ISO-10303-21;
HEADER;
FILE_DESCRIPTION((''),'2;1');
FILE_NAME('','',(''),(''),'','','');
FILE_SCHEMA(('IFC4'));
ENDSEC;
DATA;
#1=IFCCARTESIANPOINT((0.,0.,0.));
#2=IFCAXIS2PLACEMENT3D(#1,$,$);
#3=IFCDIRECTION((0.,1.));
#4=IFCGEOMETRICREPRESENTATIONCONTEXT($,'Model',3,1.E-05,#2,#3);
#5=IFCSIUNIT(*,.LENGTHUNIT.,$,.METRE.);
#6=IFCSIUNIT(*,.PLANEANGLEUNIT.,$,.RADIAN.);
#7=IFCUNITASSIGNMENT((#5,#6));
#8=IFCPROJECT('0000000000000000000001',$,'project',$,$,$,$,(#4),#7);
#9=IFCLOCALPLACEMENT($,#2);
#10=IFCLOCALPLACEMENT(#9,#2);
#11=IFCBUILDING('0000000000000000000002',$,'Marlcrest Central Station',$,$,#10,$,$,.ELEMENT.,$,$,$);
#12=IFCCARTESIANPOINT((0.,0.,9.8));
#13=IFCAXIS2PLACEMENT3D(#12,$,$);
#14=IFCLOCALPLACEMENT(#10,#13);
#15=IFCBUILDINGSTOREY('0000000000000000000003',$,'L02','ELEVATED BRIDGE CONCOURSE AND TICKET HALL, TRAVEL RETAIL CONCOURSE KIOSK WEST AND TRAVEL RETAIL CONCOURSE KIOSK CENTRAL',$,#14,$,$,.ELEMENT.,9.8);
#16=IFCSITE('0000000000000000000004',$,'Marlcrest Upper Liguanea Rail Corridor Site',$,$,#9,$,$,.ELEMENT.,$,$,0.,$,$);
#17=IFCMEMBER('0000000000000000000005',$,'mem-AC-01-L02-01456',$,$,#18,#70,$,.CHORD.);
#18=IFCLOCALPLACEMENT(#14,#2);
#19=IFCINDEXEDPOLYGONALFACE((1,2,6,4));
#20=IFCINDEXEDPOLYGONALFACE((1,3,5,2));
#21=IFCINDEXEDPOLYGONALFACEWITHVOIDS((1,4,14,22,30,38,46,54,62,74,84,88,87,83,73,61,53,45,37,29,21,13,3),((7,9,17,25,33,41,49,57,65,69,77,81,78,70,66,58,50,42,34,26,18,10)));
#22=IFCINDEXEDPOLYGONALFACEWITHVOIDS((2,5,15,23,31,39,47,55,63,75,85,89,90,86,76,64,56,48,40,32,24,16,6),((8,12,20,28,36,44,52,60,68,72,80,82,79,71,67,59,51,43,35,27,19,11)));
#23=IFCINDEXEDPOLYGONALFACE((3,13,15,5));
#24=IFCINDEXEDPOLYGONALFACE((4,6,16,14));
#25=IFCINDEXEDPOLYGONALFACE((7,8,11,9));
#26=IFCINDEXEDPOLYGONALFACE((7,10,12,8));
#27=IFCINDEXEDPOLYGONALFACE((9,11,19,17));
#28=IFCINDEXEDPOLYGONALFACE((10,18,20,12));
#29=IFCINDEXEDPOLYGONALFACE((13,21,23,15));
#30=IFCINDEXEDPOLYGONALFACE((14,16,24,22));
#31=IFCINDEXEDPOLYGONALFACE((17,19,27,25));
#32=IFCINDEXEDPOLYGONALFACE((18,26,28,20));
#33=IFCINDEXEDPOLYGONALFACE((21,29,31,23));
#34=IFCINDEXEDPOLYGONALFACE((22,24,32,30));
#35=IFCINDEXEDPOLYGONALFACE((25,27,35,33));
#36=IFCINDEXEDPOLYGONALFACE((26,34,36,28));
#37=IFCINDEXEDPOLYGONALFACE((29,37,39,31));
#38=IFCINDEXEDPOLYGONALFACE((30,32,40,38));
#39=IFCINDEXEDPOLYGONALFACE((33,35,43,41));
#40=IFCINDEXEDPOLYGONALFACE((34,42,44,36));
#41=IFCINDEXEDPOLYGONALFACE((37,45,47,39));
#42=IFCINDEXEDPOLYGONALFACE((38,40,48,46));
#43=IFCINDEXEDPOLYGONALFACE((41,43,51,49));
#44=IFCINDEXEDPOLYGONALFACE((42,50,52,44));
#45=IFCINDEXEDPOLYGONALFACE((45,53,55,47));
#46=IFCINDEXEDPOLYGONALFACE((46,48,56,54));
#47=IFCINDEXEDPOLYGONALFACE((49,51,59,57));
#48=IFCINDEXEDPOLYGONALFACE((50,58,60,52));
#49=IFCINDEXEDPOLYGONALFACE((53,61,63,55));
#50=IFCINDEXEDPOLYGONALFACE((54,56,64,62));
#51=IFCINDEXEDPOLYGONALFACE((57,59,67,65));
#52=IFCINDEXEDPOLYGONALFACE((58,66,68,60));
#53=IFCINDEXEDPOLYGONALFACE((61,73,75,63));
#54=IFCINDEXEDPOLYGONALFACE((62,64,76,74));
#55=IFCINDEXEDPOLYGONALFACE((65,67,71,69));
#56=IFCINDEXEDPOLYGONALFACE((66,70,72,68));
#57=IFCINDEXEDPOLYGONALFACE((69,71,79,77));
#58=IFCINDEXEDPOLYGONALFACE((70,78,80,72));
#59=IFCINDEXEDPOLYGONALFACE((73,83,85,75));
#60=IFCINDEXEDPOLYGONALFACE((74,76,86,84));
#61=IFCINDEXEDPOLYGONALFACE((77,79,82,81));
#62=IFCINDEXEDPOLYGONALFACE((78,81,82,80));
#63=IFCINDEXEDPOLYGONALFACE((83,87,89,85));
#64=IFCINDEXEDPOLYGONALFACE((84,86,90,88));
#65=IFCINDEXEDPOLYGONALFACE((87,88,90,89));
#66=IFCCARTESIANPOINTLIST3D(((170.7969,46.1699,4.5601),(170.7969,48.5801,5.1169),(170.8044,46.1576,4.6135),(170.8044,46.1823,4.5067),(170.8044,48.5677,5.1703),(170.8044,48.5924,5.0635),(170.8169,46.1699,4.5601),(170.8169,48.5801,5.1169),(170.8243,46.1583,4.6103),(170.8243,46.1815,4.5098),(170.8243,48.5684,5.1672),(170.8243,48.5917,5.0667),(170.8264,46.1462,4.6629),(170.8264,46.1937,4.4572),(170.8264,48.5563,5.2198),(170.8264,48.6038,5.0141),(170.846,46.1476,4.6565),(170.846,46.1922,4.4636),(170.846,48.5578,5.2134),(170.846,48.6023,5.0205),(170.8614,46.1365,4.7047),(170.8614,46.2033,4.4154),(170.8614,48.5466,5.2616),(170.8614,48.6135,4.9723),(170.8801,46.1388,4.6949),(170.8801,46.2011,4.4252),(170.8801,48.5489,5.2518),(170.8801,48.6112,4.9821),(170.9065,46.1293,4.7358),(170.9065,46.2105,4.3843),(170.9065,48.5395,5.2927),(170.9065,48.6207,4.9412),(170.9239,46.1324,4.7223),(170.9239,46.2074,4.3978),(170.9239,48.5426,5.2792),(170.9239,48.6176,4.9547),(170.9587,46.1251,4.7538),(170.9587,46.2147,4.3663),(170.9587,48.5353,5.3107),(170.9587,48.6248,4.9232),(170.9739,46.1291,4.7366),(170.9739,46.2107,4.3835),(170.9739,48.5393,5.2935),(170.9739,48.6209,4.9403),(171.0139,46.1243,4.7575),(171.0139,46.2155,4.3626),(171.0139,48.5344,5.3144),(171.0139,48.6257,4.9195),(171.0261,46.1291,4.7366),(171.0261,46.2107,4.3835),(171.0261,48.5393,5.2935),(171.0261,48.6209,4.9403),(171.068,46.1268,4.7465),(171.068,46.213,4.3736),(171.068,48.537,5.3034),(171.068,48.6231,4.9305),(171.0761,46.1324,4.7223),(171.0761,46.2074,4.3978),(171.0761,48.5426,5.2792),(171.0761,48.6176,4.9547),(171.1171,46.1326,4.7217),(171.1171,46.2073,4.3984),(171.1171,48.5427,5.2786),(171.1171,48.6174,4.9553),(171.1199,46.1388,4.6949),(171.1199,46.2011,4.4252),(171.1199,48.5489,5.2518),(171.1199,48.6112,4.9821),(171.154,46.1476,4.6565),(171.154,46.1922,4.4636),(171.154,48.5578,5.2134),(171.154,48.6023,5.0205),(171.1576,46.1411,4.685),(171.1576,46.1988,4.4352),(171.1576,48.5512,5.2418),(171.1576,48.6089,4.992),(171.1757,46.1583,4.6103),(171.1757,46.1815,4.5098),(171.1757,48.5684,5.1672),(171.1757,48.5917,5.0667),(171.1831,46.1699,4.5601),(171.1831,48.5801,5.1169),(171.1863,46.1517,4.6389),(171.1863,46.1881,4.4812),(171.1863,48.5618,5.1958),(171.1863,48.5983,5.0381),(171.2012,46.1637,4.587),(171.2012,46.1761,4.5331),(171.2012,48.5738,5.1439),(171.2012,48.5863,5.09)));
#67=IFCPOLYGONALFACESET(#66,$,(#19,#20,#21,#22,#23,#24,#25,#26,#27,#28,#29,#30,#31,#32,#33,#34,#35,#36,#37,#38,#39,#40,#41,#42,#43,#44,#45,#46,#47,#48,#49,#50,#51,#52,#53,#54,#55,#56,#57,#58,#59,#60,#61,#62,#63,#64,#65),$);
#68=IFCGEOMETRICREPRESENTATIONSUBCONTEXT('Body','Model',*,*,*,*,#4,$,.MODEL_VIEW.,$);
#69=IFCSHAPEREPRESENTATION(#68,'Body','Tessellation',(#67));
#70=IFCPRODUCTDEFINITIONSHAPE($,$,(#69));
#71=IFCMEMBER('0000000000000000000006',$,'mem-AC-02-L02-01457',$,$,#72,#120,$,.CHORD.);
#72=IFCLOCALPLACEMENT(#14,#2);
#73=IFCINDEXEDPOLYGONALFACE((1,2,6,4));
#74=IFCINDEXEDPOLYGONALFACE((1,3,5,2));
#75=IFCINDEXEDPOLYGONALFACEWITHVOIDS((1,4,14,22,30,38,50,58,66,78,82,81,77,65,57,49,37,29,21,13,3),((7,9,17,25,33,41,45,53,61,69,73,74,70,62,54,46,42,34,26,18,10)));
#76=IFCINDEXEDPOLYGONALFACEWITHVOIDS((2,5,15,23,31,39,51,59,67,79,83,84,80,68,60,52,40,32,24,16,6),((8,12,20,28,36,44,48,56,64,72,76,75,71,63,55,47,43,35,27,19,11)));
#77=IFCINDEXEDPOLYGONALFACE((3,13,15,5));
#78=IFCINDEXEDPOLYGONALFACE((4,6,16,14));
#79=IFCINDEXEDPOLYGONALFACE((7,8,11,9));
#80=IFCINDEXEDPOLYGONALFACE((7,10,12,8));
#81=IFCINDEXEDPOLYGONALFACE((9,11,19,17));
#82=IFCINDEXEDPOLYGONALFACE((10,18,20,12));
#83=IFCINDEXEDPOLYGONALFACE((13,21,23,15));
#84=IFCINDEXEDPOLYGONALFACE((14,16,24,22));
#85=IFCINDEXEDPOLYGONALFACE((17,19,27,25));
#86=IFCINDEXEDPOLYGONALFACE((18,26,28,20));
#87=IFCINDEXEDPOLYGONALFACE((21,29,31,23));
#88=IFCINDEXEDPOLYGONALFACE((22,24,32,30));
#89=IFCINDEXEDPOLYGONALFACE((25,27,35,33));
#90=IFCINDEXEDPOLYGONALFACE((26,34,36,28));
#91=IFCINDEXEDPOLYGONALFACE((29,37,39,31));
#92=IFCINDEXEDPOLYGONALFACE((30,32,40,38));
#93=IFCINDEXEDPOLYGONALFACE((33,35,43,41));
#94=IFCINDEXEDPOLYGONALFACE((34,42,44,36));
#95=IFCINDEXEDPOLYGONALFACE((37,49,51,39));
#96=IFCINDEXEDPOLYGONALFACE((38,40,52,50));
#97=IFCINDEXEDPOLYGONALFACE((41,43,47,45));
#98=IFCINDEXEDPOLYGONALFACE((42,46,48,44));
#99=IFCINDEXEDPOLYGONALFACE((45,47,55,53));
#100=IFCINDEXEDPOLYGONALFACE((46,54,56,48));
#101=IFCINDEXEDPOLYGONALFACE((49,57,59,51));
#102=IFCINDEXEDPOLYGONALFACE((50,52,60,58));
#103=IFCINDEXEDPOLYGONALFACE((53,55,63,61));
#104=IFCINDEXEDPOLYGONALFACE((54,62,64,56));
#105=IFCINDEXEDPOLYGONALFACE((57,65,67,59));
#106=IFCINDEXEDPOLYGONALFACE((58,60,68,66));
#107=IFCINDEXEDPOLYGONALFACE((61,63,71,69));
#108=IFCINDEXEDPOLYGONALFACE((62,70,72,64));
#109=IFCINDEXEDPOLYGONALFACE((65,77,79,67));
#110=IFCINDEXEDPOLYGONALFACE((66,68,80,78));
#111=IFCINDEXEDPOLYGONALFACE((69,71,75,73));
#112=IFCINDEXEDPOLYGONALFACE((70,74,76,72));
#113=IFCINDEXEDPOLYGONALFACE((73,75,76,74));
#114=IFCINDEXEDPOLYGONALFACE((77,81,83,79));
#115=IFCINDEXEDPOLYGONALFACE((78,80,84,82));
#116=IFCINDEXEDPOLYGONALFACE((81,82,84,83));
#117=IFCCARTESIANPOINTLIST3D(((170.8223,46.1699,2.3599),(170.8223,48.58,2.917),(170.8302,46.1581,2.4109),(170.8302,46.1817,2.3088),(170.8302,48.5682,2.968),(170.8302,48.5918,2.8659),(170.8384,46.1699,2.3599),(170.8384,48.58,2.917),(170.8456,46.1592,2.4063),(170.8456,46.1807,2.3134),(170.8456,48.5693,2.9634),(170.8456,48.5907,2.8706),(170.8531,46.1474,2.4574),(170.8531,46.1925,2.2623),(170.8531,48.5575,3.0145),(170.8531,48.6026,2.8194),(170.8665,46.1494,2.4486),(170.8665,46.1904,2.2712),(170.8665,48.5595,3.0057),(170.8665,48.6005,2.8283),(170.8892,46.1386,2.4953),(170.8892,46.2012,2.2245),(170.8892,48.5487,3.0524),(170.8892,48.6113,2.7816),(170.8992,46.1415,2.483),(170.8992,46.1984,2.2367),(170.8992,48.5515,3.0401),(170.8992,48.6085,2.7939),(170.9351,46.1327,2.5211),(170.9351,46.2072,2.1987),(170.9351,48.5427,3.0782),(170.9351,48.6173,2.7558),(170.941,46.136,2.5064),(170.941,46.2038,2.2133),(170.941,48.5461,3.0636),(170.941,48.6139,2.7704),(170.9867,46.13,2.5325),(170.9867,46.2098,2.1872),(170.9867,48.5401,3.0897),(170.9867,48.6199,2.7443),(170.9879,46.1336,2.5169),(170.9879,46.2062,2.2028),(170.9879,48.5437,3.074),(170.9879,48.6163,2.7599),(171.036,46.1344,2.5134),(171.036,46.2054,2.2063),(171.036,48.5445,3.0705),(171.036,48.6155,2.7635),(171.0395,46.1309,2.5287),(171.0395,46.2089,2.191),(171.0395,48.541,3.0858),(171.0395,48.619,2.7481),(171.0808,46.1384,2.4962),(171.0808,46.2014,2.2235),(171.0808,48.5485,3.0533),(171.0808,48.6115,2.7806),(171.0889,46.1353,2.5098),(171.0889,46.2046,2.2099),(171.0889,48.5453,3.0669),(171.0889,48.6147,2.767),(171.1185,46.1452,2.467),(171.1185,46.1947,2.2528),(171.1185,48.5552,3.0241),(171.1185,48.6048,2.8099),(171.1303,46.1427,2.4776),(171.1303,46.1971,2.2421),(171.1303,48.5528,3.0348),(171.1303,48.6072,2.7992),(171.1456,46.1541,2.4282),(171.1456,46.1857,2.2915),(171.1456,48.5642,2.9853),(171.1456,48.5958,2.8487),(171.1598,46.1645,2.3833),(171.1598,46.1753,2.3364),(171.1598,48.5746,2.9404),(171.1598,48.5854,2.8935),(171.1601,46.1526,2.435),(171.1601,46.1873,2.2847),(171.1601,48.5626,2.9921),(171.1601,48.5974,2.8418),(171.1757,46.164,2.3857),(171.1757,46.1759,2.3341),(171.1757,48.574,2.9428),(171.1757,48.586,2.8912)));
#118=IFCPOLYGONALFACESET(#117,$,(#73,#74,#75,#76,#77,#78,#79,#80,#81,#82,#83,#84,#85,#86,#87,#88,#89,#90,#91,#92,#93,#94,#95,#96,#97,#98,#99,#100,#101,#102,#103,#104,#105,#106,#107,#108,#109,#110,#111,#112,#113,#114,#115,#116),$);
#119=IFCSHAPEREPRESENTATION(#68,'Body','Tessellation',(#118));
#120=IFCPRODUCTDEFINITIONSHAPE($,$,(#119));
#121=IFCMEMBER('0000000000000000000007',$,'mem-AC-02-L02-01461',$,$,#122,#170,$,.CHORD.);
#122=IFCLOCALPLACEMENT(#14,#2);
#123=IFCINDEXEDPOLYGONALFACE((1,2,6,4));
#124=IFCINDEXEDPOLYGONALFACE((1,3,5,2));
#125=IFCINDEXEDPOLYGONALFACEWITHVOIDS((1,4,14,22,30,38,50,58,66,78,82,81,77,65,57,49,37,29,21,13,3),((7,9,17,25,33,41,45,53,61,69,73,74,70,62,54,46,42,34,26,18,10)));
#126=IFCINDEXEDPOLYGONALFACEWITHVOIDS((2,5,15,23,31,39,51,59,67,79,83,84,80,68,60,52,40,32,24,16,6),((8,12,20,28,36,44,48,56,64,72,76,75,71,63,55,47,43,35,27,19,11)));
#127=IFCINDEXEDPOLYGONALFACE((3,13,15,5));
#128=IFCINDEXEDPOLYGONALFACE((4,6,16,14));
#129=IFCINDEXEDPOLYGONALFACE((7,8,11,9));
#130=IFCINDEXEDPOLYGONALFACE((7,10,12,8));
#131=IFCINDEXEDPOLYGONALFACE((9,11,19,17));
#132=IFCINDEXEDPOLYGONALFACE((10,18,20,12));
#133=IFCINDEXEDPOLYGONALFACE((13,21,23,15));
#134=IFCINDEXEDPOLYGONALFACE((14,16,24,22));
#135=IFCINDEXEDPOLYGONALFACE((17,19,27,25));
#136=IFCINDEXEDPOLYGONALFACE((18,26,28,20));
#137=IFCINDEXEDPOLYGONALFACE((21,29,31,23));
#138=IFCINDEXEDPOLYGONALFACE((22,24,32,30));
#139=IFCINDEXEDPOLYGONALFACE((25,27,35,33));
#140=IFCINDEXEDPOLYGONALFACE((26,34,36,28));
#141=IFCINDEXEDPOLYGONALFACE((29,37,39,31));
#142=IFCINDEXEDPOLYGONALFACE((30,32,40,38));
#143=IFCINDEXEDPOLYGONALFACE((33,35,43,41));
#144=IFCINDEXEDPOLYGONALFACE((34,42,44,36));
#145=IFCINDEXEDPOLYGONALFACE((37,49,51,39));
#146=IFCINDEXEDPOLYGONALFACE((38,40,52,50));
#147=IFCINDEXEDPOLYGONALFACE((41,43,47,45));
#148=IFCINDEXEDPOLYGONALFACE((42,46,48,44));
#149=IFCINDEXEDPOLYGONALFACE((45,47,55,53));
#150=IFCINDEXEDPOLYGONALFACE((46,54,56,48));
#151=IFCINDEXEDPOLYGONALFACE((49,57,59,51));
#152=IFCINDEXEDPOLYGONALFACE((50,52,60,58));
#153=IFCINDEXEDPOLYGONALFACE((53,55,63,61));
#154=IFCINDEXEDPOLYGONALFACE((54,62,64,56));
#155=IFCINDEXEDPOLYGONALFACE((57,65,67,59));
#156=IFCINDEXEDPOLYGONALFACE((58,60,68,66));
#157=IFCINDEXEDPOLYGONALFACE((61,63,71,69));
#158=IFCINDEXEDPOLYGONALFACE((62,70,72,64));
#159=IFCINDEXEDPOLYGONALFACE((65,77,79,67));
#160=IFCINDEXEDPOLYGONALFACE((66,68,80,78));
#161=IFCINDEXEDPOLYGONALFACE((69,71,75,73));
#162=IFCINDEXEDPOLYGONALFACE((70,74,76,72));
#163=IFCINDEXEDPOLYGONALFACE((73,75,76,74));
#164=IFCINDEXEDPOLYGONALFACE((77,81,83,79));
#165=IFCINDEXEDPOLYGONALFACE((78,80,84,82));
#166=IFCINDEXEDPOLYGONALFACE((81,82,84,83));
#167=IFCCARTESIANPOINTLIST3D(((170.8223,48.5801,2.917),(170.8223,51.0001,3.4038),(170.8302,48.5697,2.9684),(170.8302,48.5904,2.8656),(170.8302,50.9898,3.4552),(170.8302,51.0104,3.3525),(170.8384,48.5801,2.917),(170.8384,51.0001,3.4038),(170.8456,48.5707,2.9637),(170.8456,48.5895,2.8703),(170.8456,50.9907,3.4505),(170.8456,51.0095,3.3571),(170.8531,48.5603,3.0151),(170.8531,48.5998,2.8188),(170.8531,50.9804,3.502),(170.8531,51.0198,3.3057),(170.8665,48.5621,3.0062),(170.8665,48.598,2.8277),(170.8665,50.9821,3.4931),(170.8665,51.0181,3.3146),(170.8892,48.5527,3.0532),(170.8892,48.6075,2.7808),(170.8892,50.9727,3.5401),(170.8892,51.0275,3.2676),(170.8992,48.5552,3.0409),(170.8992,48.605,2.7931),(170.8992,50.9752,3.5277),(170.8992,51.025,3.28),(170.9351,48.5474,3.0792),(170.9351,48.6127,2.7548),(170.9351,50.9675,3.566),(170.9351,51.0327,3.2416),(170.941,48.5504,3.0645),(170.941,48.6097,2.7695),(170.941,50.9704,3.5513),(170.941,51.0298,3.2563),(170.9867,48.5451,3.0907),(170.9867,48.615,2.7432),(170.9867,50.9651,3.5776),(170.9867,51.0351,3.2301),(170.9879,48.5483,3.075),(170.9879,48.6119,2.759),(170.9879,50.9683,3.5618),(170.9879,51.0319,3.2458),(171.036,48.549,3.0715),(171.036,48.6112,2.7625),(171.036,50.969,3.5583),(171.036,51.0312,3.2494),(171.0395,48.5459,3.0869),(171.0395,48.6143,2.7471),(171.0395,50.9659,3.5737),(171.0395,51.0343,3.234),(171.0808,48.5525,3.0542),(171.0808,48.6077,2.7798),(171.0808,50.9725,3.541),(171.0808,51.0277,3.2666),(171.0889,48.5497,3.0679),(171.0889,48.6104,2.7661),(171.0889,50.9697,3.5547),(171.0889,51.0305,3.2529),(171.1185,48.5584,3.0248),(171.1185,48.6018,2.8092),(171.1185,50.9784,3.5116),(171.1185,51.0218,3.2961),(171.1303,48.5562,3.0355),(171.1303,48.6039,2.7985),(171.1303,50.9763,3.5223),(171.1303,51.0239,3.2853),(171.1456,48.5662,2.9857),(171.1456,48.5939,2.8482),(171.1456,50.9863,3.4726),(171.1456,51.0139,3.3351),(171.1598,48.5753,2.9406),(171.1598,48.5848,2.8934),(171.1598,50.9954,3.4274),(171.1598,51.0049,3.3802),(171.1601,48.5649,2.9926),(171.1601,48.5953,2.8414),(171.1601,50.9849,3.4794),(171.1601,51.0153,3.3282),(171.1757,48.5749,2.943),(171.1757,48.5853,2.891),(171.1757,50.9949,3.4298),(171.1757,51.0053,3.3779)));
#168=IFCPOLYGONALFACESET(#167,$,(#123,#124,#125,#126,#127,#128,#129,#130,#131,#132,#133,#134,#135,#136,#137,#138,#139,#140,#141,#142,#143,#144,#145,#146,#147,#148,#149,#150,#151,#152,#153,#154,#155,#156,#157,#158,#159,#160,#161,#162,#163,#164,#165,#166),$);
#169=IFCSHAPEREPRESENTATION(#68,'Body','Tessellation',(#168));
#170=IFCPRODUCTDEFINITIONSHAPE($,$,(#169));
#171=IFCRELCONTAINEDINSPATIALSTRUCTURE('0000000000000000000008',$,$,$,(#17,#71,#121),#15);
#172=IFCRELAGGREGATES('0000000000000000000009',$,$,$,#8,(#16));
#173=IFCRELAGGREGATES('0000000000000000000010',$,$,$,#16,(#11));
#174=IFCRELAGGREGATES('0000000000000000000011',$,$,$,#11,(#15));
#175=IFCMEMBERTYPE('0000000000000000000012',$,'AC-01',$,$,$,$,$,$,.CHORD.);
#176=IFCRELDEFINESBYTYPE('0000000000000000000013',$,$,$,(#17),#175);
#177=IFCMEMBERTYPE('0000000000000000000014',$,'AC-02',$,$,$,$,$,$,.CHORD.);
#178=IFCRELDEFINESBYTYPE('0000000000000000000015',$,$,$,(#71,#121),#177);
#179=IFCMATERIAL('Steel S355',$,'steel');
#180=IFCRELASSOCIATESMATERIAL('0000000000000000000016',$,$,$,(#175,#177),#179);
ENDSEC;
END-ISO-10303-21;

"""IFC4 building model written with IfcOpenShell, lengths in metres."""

from ifc_helpers import new_model, si_unit, direction, frame, origin, origin_2d, place, context, subcontext, project, spatial, hollow_circle, extrude, material, material_profile, profile_set, type_object, element, save


model = new_model("IFC4")

# Units and contexts
model_context = context("Model", 3, precision=1e-05, world=origin(), true_north=direction((0.0, 1.0)))
body_context = subcontext(model_context, "Body", "Model", "MODEL_VIEW")
ifc_project = project(units=[si_unit("LENGTHUNIT", "METRE"), si_unit("PLANEANGLEUNIT", "RADIAN")], contexts=[model_context])

# Site, building, storey
site_placement = place(None, origin())
site = spatial("IfcSite", under=ifc_project, at=site_placement, Name="Marlcrest Upper Liguanea Rail Corridor Site", CompositionType="ELEMENT", RefElevation=0.0)
building_placement = place(site_placement, origin())
building = spatial("IfcBuilding", under=site, at=building_placement, Name="Marlcrest Central Station", CompositionType="ELEMENT")
storey_placement = place(building_placement, frame((0.0, 0.0, 9.8)))
storey = spatial("IfcBuildingStorey", under=building, at=storey_placement, Name="L02", Description="ELEVATED BRIDGE CONCOURSE AND TICKET HALL, TRAVEL RETAIL CONCOURSE KIOSK WEST AND TRAVEL RETAIL CONCOURSE KIOSK CENTRAL", CompositionType="ELEMENT", Elevation=9.8)

# Members
ifc_material_1 = material(Name="Steel S355", Category="steel")
ifc_material_profile_1 = material_profile(ifc_material_1, hollow_circle(Radius=0.2031, WallThickness=0.02, at=origin_2d()), Name="CHS 406.4x20")
ifc_profile_set_1 = profile_set([ifc_material_profile_1], Name="Steel S355")
member_type_1 = type_object("IfcMemberType", Name="AC-01", PredefinedType="CHORD", material=ifc_profile_set_1)
member_1_placement = place(storey_placement, frame((171.0, 46.1699, 4.5601), z_axis=(0.0, 0.97433, 0.225126), x_axis=(-1.0, 0.0, 0.0)))
element("IfcMember", 1, at=member_1_placement, inside=storey, type_object=member_type_1, Name="mem-AC-01-L02-01456", PredefinedType="CHORD", context=body_context, shape_type="SweptSolid", body=[
    extrude(hollow_circle(Radius=0.2031, WallThickness=0.02, at=origin_2d()), origin(), (0.0, 0.0, 1.0), 2.4736),
])
ifc_material_profile_2 = material_profile(ifc_material_1, hollow_circle(Radius=0.1777, WallThickness=0.0161, at=origin_2d()), Name="CHS 355.6x16")
ifc_profile_set_2 = profile_set([ifc_material_profile_2], Name="Steel S355")
member_type_2 = type_object("IfcMemberType", Name="AC-02", PredefinedType="CHORD", material=ifc_profile_set_2)
member_2_placement = place(storey_placement, frame((171.0, 46.1699, 2.3599), z_axis=(0.0, 0.974308, 0.22522), x_axis=(-1.0, 0.0, 0.0)))
element("IfcMember", 2, at=member_2_placement, inside=storey, type_object=member_type_2, Name="mem-AC-02-L02-01457", PredefinedType="CHORD", context=body_context, shape_type="SweptSolid", body=[
    extrude(hollow_circle(Radius=0.1777, WallThickness=0.0161, at=origin_2d()), origin(), (0.0, 0.0, 1.0), 2.4736),
])
member_3_placement = place(storey_placement, frame((171.0, 48.5801, 2.917), z_axis=(0.0, 0.980359, 0.197219), x_axis=(-1.0, 0.0, 0.0)))
element("IfcMember", 3, at=member_3_placement, inside=storey, type_object=member_type_2, Name="mem-AC-02-L02-01461", PredefinedType="CHORD", context=body_context, shape_type="SweptSolid", body=[
    extrude(hollow_circle(Radius=0.1777, WallThickness=0.0161, at=origin_2d()), origin(), (0.0, 0.0, 1.0), 2.4685),
])

save(model, "model.ifc")
